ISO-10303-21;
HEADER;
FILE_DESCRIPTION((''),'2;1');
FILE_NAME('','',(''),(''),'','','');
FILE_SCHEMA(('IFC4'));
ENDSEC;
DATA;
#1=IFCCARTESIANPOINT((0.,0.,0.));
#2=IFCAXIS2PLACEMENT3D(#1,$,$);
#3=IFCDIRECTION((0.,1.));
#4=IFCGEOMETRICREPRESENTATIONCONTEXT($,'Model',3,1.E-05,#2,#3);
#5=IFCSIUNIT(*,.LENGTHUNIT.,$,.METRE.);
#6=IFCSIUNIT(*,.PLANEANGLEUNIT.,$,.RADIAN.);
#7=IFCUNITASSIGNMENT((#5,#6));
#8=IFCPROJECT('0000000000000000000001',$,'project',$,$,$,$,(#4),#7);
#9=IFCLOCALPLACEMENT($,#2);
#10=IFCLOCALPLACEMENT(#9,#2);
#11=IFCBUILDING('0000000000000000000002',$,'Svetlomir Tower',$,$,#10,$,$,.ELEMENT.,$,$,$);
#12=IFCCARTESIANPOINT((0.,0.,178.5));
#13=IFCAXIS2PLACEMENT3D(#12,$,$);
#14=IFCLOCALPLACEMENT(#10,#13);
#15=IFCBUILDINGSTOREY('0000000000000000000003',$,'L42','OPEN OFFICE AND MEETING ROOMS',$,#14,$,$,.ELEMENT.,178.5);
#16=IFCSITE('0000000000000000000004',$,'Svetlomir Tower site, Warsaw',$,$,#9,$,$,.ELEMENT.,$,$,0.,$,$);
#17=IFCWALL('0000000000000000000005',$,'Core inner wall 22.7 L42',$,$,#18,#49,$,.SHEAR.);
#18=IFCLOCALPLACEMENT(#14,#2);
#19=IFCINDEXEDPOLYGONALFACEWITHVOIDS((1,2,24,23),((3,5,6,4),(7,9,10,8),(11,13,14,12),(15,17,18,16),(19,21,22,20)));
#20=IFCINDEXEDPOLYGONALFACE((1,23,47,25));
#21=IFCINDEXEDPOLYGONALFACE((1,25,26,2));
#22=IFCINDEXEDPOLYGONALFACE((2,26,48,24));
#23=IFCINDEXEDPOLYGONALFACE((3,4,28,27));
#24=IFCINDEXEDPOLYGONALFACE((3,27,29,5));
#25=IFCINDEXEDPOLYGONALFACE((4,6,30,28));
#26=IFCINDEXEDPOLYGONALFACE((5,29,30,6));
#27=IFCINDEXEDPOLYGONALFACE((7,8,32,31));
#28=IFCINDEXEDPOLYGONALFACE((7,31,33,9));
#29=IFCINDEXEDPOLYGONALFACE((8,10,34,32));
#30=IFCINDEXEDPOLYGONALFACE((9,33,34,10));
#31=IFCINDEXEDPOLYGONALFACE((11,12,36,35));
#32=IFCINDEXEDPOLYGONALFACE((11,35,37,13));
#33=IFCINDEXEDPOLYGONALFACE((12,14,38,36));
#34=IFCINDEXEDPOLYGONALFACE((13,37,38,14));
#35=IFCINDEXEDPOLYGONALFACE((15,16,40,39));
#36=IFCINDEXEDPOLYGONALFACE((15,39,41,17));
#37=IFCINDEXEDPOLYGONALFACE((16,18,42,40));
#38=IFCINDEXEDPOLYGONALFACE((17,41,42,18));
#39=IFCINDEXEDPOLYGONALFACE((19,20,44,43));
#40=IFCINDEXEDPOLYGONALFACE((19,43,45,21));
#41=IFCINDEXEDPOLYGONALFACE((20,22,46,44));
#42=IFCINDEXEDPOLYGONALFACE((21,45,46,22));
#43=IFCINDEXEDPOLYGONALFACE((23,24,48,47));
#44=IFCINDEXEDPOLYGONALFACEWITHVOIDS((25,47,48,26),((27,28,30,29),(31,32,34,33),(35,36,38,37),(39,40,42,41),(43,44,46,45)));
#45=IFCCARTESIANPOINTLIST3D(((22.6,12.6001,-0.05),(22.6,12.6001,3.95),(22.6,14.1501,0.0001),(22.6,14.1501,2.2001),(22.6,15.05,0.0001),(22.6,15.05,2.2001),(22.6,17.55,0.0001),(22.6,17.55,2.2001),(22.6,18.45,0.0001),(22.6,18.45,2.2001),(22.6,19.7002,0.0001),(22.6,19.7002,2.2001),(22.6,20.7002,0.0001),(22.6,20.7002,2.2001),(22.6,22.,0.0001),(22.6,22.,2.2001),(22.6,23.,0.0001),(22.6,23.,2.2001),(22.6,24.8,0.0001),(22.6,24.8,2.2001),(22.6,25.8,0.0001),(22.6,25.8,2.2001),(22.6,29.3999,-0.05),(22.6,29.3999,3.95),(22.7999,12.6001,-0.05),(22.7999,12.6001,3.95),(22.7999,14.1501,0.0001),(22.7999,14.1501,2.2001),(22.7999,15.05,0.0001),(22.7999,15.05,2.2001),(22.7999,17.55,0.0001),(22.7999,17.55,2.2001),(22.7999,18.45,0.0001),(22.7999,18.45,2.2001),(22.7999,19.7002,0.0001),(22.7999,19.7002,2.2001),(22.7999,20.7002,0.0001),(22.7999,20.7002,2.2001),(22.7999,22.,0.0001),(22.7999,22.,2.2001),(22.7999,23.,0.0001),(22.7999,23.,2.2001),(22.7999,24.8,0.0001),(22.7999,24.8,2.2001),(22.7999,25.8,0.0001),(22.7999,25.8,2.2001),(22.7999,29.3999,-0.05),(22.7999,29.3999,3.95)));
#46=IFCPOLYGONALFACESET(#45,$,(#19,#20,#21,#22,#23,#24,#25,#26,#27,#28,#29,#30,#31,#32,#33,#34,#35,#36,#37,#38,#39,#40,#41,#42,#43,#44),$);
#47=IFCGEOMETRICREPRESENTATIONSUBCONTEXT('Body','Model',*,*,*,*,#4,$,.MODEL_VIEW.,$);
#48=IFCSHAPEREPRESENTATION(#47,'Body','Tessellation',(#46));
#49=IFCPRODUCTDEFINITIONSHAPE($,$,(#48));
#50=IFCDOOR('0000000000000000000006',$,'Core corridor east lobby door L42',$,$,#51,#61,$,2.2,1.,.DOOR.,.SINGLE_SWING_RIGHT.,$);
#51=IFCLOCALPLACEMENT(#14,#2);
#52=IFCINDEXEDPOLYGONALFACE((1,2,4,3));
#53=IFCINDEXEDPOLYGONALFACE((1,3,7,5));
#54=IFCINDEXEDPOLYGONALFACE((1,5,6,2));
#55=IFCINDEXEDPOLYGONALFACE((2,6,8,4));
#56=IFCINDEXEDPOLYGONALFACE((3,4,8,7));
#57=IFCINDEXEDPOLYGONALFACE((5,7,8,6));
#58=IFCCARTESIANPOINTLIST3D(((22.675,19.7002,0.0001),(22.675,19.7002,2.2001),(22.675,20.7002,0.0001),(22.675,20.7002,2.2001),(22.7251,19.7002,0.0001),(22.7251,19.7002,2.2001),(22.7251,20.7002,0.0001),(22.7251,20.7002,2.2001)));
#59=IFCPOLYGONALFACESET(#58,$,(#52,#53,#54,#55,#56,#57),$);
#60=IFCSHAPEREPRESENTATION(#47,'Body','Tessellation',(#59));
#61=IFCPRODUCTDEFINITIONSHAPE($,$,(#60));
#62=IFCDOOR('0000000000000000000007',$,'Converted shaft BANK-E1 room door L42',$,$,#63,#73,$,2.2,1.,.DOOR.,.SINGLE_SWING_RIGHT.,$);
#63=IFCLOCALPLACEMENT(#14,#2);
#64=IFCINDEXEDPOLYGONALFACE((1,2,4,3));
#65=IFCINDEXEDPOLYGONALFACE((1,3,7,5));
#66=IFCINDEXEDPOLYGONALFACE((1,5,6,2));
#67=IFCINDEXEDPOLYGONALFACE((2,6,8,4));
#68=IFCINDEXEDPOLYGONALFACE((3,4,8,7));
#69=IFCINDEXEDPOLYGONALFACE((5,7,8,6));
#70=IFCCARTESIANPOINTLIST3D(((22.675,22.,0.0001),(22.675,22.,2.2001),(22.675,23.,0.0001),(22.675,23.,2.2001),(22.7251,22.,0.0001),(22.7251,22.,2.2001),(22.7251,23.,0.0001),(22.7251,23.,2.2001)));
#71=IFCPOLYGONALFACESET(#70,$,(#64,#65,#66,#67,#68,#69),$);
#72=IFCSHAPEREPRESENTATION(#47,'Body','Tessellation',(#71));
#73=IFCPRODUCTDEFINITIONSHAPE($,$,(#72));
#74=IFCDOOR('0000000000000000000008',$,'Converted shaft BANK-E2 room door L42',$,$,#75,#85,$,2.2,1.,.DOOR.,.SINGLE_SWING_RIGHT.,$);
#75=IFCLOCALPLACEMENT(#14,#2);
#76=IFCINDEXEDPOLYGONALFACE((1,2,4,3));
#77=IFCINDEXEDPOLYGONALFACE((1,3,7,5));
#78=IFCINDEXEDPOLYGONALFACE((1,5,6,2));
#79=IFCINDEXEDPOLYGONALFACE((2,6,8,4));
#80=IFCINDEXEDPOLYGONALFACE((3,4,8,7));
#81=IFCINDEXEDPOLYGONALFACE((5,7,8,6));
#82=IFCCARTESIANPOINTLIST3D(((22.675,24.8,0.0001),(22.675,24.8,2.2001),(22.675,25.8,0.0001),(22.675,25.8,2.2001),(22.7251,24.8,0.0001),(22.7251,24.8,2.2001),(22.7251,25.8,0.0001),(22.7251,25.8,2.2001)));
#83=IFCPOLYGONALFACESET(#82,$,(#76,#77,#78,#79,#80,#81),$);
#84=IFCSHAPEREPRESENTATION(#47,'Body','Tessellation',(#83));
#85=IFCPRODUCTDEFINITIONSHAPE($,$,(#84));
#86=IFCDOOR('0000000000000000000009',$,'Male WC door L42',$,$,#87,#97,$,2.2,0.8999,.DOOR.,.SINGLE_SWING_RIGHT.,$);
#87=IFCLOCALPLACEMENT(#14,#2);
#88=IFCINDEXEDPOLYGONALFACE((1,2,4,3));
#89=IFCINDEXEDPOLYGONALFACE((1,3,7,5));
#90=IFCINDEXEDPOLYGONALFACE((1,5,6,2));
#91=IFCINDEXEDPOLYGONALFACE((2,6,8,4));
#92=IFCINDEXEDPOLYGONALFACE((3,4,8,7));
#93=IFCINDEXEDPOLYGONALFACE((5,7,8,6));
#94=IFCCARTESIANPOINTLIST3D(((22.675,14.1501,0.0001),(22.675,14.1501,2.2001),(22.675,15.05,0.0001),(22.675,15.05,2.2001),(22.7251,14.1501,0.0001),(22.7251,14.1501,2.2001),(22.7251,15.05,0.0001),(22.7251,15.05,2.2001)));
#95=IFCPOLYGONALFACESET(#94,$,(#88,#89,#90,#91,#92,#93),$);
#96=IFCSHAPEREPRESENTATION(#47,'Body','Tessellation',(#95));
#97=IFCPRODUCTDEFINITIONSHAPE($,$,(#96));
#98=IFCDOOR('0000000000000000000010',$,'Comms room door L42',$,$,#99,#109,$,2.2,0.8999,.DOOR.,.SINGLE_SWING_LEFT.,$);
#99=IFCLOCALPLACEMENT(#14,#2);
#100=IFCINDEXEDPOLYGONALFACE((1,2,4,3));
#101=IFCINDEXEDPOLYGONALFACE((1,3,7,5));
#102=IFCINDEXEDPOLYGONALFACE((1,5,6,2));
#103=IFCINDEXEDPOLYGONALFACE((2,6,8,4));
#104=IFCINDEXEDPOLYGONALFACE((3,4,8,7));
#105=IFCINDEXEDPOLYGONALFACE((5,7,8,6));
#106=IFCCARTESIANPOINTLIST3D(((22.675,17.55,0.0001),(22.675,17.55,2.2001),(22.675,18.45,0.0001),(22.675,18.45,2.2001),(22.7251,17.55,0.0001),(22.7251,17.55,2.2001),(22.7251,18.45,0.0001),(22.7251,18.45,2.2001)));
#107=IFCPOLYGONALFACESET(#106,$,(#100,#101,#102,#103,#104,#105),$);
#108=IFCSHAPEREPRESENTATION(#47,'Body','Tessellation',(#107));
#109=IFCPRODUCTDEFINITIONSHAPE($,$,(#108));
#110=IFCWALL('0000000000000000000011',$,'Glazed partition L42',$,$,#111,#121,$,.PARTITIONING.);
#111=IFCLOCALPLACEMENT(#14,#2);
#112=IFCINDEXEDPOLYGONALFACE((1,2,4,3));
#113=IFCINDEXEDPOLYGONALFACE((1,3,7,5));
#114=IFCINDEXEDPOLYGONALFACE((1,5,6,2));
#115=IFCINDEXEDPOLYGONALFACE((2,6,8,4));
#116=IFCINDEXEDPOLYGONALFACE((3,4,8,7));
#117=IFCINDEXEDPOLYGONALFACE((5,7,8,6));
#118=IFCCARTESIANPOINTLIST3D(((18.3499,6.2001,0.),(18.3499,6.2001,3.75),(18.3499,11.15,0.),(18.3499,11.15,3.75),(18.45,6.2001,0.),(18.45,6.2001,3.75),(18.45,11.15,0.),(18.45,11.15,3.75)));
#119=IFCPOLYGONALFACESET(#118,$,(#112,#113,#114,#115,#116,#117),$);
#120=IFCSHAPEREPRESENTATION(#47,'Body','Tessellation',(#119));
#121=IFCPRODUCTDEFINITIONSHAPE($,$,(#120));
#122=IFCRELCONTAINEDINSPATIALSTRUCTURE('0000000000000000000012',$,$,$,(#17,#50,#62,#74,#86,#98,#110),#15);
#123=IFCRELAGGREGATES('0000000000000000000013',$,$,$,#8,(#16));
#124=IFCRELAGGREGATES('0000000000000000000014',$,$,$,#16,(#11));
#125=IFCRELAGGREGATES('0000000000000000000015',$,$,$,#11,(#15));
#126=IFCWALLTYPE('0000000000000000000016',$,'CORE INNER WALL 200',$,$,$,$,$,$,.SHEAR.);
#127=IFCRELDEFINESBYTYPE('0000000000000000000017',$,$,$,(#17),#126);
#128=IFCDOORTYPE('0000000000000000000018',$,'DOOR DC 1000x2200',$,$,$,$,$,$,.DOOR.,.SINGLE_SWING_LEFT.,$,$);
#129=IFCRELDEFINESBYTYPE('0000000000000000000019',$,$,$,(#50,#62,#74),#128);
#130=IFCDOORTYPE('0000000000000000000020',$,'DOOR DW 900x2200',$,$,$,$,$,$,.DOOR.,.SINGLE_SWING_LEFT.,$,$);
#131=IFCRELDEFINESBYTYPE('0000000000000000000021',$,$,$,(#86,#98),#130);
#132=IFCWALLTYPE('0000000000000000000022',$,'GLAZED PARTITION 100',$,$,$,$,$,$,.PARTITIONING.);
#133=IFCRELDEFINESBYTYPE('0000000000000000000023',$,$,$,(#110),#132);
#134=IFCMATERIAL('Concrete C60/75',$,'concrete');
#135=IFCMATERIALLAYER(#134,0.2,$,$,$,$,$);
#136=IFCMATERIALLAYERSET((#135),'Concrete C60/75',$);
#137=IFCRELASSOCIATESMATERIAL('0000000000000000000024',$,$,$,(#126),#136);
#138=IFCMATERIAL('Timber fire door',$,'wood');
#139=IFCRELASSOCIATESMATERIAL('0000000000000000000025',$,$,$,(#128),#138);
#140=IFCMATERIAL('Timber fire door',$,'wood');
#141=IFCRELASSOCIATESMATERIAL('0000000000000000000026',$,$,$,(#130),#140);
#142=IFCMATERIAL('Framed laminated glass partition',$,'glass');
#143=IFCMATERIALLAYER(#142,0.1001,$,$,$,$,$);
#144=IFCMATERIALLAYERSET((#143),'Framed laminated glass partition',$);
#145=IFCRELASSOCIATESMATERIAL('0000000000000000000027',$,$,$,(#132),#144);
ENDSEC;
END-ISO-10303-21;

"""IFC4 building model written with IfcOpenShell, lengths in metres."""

from ifc_helpers import new_model, si_unit, direction, frame, frame_2d, origin, place, context, subcontext, project, spatial, rectangle, extrude, material, layer, layer_set, type_object, element, fill, save


model = new_model("IFC4")

# Units and contexts
model_context = context("Model", 3, precision=1e-05, world=origin(), true_north=direction((0.0, 1.0)))
body_context = subcontext(model_context, "Body", "Model", "MODEL_VIEW")
ifc_project = project(units=[si_unit("LENGTHUNIT", "METRE"), si_unit("PLANEANGLEUNIT", "RADIAN")], contexts=[model_context])

# Site, building, storey
site_placement = place(None, origin())
site = spatial("IfcSite", under=ifc_project, at=site_placement, Name="Svetlomir Tower site, Warsaw", CompositionType="ELEMENT", RefElevation=0.0)
building_placement = place(site_placement, origin())
building = spatial("IfcBuilding", under=site, at=building_placement, Name="Svetlomir Tower", CompositionType="ELEMENT")
storey_placement = place(building_placement, frame((0.0, 0.0, 178.5)))
storey = spatial("IfcBuildingStorey", under=building, at=storey_placement, Name="L42", Description="OPEN OFFICE AND MEETING ROOMS", CompositionType="ELEMENT", Elevation=178.5)

# Shared definitions
ifc_material_1 = material(Name="Concrete C60/75", Category="concrete")
ifc_layer_1 = layer(ifc_material_1, 0.2)
ifc_layer_set_1 = layer_set([ifc_layer_1], Name="Concrete C60/75")
wall_type_1 = type_object("IfcWallType", Name="CORE INNER WALL 200", PredefinedType="SHEAR", material=ifc_layer_set_1)

# Wall, openings, doors
ifc_material_2 = material(Name="Timber fire door", Category="wood")
door_type_1 = type_object("IfcDoorType", Name="DOOR DC 1000x2200", OperationType="SINGLE_SWING_LEFT", PredefinedType="DOOR", material=ifc_material_2)
ifc_material_3 = material(Name="Timber fire door", Category="wood")
door_type_2 = type_object("IfcDoorType", Name="DOOR DW 900x2200", OperationType="SINGLE_SWING_LEFT", PredefinedType="DOOR", material=ifc_material_3)
wall_1_placement = place(storey_placement, frame((22.7, 12.6001, -0.05), z_axis=(0.0, 0.0, 1.0), x_axis=(0.0, 1.0, 0.0)))
wall_1 = element("IfcWall", 1, at=wall_1_placement, inside=storey, type_object=wall_type_1, Name="Core inner wall 22.7 L42", PredefinedType="SHEAR", context=body_context, shape_type="SweptSolid", body=[
    extrude(rectangle(XDim=16.7998, YDim=0.2, at=frame_2d((8.3999, 0.0))), origin(), (0.0, 0.0, 1.0), 4.0),
])
opening_1_placement = place(wall_1_placement, frame((7.1001, 0.0, 0.05)))
opening_1 = element("IfcOpeningElement", 2, at=opening_1_placement, cuts=wall_1, PredefinedType="OPENING", context=body_context, shape_type="SweptSolid", body=[
    extrude(rectangle(XDim=1.0, YDim=2.2, at=frame_2d((0.5, 1.1001))), frame((0.0, 0.1099, 0.0), z_axis=(0.0, -1.0, 0.0), x_axis=(1.0, 0.0, 0.0)), (0.0, 0.0, 1.0), 0.22),
])
opening_2_placement = place(wall_1_placement, frame((1.55, 0.0, 0.05)))
opening_2 = element("IfcOpeningElement", 3, at=opening_2_placement, cuts=wall_1, PredefinedType="OPENING", context=body_context, shape_type="SweptSolid", body=[
    extrude(rectangle(XDim=0.8999, YDim=2.2, at=frame_2d((0.45, 1.1001))), frame((0.0, 0.1099, 0.0), z_axis=(0.0, -1.0, 0.0), x_axis=(1.0, 0.0, 0.0)), (0.0, 0.0, 1.0), 0.22),
])
opening_3_placement = place(wall_1_placement, frame((4.95, 0.0, 0.05)))
opening_3 = element("IfcOpeningElement", 4, at=opening_3_placement, cuts=wall_1, PredefinedType="OPENING", context=body_context, shape_type="SweptSolid", body=[
    extrude(rectangle(XDim=0.8999, YDim=2.2, at=frame_2d((0.45, 1.1001))), frame((0.0, 0.1099, 0.0), z_axis=(0.0, -1.0, 0.0), x_axis=(1.0, 0.0, 0.0)), (0.0, 0.0, 1.0), 0.22),
])
opening_4_placement = place(wall_1_placement, frame((9.3999, 0.0, 0.05)))
opening_4 = element("IfcOpeningElement", 5, at=opening_4_placement, cuts=wall_1, PredefinedType="OPENING", context=body_context, shape_type="SweptSolid", body=[
    extrude(rectangle(XDim=1.0, YDim=2.2, at=frame_2d((0.5, 1.1001))), frame((0.0, 0.1099, 0.0), z_axis=(0.0, -1.0, 0.0), x_axis=(1.0, 0.0, 0.0)), (0.0, 0.0, 1.0), 0.22),
])
opening_5_placement = place(wall_1_placement, frame((12.2, 0.0, 0.05)))
opening_5 = element("IfcOpeningElement", 6, at=opening_5_placement, cuts=wall_1, PredefinedType="OPENING", context=body_context, shape_type="SweptSolid", body=[
    extrude(rectangle(XDim=1.0, YDim=2.2, at=frame_2d((0.5, 1.1001))), frame((0.0, 0.1099, 0.0), z_axis=(0.0, -1.0, 0.0), x_axis=(1.0, 0.0, 0.0)), (0.0, 0.0, 1.0), 0.22),
])
door_1_placement = place(opening_1_placement, origin())
door_1 = element("IfcDoor", 7, at=door_1_placement, inside=storey, type_object=door_type_1, Name="Core corridor east lobby door L42", OperationType="SINGLE_SWING_RIGHT", OverallHeight=2.2, OverallWidth=1.0, PredefinedType="DOOR", context=body_context, shape_type="SweptSolid", body=[
    extrude(rectangle(XDim=1.0, YDim=2.2, at=frame_2d((0.5, 1.1001))), frame((0.0, 0.0249, 0.0), z_axis=(0.0, -1.0, 0.0), x_axis=(1.0, 0.0, 0.0)), (0.0, 0.0, 1.0), 0.05),
])
fill(opening_1, door_1)
door_2_placement = place(opening_4_placement, origin())
door_2 = element("IfcDoor", 8, at=door_2_placement, inside=storey, type_object=door_type_1, Name="Converted shaft BANK-E1 room door L42", OperationType="SINGLE_SWING_RIGHT", OverallHeight=2.2, OverallWidth=1.0, PredefinedType="DOOR", context=body_context, shape_type="SweptSolid", body=[
    extrude(rectangle(XDim=1.0, YDim=2.2, at=frame_2d((0.5, 1.1001))), frame((0.0, 0.0249, 0.0), z_axis=(0.0, -1.0, 0.0), x_axis=(1.0, 0.0, 0.0)), (0.0, 0.0, 1.0), 0.05),
])
fill(opening_4, door_2)
door_3_placement = place(opening_5_placement, origin())
door_3 = element("IfcDoor", 9, at=door_3_placement, inside=storey, type_object=door_type_1, Name="Converted shaft BANK-E2 room door L42", OperationType="SINGLE_SWING_RIGHT", OverallHeight=2.2, OverallWidth=1.0, PredefinedType="DOOR", context=body_context, shape_type="SweptSolid", body=[
    extrude(rectangle(XDim=1.0, YDim=2.2, at=frame_2d((0.5, 1.1001))), frame((0.0, 0.0249, 0.0), z_axis=(0.0, -1.0, 0.0), x_axis=(1.0, 0.0, 0.0)), (0.0, 0.0, 1.0), 0.05),
])
fill(opening_5, door_3)
door_4_placement = place(opening_2_placement, origin())
door_4 = element("IfcDoor", 10, at=door_4_placement, inside=storey, type_object=door_type_2, Name="Male WC door L42", OperationType="SINGLE_SWING_RIGHT", OverallHeight=2.2, OverallWidth=0.8999, PredefinedType="DOOR", context=body_context, shape_type="SweptSolid", body=[
    extrude(rectangle(XDim=0.8999, YDim=2.2, at=frame_2d((0.45, 1.1001))), frame((0.0, 0.0249, 0.0), z_axis=(0.0, -1.0, 0.0), x_axis=(1.0, 0.0, 0.0)), (0.0, 0.0, 1.0), 0.05),
])
fill(opening_2, door_4)
door_5_placement = place(opening_3_placement, origin())
door_5 = element("IfcDoor", 11, at=door_5_placement, inside=storey, type_object=door_type_2, Name="Comms room door L42", OperationType="SINGLE_SWING_LEFT", OverallHeight=2.2, OverallWidth=0.8999, PredefinedType="DOOR", context=body_context, shape_type="SweptSolid", body=[
    extrude(rectangle(XDim=0.8999, YDim=2.2, at=frame_2d((0.45, 1.1001))), frame((0.0, 0.0249, 0.0), z_axis=(0.0, -1.0, 0.0), x_axis=(1.0, 0.0, 0.0)), (0.0, 0.0, 1.0), 0.05),
])
fill(opening_3, door_5)

# Wall
ifc_material_4 = material(Name="Framed laminated glass partition", Category="glass")
ifc_layer_2 = layer(ifc_material_4, 0.1001)
ifc_layer_set_2 = layer_set([ifc_layer_2], Name="Framed laminated glass partition")
wall_type_2 = type_object("IfcWallType", Name="GLAZED PARTITION 100", PredefinedType="PARTITIONING", material=ifc_layer_set_2)
wall_2_placement = place(storey_placement, frame((18.3999, 6.2, 0.0), z_axis=(0.0, 0.0, 1.0), x_axis=(0.0, 1.0, 0.0)))
element("IfcWall", 12, at=wall_2_placement, inside=storey, type_object=wall_type_2, Name="Glazed partition L42", PredefinedType="PARTITIONING", context=body_context, shape_type="SweptSolid", body=[
    extrude(rectangle(XDim=4.95, YDim=0.1001, at=frame_2d((2.4751, 0.0))), origin(), (0.0, 0.0, 1.0), 3.75),
])

save(model, "model.ifc")
